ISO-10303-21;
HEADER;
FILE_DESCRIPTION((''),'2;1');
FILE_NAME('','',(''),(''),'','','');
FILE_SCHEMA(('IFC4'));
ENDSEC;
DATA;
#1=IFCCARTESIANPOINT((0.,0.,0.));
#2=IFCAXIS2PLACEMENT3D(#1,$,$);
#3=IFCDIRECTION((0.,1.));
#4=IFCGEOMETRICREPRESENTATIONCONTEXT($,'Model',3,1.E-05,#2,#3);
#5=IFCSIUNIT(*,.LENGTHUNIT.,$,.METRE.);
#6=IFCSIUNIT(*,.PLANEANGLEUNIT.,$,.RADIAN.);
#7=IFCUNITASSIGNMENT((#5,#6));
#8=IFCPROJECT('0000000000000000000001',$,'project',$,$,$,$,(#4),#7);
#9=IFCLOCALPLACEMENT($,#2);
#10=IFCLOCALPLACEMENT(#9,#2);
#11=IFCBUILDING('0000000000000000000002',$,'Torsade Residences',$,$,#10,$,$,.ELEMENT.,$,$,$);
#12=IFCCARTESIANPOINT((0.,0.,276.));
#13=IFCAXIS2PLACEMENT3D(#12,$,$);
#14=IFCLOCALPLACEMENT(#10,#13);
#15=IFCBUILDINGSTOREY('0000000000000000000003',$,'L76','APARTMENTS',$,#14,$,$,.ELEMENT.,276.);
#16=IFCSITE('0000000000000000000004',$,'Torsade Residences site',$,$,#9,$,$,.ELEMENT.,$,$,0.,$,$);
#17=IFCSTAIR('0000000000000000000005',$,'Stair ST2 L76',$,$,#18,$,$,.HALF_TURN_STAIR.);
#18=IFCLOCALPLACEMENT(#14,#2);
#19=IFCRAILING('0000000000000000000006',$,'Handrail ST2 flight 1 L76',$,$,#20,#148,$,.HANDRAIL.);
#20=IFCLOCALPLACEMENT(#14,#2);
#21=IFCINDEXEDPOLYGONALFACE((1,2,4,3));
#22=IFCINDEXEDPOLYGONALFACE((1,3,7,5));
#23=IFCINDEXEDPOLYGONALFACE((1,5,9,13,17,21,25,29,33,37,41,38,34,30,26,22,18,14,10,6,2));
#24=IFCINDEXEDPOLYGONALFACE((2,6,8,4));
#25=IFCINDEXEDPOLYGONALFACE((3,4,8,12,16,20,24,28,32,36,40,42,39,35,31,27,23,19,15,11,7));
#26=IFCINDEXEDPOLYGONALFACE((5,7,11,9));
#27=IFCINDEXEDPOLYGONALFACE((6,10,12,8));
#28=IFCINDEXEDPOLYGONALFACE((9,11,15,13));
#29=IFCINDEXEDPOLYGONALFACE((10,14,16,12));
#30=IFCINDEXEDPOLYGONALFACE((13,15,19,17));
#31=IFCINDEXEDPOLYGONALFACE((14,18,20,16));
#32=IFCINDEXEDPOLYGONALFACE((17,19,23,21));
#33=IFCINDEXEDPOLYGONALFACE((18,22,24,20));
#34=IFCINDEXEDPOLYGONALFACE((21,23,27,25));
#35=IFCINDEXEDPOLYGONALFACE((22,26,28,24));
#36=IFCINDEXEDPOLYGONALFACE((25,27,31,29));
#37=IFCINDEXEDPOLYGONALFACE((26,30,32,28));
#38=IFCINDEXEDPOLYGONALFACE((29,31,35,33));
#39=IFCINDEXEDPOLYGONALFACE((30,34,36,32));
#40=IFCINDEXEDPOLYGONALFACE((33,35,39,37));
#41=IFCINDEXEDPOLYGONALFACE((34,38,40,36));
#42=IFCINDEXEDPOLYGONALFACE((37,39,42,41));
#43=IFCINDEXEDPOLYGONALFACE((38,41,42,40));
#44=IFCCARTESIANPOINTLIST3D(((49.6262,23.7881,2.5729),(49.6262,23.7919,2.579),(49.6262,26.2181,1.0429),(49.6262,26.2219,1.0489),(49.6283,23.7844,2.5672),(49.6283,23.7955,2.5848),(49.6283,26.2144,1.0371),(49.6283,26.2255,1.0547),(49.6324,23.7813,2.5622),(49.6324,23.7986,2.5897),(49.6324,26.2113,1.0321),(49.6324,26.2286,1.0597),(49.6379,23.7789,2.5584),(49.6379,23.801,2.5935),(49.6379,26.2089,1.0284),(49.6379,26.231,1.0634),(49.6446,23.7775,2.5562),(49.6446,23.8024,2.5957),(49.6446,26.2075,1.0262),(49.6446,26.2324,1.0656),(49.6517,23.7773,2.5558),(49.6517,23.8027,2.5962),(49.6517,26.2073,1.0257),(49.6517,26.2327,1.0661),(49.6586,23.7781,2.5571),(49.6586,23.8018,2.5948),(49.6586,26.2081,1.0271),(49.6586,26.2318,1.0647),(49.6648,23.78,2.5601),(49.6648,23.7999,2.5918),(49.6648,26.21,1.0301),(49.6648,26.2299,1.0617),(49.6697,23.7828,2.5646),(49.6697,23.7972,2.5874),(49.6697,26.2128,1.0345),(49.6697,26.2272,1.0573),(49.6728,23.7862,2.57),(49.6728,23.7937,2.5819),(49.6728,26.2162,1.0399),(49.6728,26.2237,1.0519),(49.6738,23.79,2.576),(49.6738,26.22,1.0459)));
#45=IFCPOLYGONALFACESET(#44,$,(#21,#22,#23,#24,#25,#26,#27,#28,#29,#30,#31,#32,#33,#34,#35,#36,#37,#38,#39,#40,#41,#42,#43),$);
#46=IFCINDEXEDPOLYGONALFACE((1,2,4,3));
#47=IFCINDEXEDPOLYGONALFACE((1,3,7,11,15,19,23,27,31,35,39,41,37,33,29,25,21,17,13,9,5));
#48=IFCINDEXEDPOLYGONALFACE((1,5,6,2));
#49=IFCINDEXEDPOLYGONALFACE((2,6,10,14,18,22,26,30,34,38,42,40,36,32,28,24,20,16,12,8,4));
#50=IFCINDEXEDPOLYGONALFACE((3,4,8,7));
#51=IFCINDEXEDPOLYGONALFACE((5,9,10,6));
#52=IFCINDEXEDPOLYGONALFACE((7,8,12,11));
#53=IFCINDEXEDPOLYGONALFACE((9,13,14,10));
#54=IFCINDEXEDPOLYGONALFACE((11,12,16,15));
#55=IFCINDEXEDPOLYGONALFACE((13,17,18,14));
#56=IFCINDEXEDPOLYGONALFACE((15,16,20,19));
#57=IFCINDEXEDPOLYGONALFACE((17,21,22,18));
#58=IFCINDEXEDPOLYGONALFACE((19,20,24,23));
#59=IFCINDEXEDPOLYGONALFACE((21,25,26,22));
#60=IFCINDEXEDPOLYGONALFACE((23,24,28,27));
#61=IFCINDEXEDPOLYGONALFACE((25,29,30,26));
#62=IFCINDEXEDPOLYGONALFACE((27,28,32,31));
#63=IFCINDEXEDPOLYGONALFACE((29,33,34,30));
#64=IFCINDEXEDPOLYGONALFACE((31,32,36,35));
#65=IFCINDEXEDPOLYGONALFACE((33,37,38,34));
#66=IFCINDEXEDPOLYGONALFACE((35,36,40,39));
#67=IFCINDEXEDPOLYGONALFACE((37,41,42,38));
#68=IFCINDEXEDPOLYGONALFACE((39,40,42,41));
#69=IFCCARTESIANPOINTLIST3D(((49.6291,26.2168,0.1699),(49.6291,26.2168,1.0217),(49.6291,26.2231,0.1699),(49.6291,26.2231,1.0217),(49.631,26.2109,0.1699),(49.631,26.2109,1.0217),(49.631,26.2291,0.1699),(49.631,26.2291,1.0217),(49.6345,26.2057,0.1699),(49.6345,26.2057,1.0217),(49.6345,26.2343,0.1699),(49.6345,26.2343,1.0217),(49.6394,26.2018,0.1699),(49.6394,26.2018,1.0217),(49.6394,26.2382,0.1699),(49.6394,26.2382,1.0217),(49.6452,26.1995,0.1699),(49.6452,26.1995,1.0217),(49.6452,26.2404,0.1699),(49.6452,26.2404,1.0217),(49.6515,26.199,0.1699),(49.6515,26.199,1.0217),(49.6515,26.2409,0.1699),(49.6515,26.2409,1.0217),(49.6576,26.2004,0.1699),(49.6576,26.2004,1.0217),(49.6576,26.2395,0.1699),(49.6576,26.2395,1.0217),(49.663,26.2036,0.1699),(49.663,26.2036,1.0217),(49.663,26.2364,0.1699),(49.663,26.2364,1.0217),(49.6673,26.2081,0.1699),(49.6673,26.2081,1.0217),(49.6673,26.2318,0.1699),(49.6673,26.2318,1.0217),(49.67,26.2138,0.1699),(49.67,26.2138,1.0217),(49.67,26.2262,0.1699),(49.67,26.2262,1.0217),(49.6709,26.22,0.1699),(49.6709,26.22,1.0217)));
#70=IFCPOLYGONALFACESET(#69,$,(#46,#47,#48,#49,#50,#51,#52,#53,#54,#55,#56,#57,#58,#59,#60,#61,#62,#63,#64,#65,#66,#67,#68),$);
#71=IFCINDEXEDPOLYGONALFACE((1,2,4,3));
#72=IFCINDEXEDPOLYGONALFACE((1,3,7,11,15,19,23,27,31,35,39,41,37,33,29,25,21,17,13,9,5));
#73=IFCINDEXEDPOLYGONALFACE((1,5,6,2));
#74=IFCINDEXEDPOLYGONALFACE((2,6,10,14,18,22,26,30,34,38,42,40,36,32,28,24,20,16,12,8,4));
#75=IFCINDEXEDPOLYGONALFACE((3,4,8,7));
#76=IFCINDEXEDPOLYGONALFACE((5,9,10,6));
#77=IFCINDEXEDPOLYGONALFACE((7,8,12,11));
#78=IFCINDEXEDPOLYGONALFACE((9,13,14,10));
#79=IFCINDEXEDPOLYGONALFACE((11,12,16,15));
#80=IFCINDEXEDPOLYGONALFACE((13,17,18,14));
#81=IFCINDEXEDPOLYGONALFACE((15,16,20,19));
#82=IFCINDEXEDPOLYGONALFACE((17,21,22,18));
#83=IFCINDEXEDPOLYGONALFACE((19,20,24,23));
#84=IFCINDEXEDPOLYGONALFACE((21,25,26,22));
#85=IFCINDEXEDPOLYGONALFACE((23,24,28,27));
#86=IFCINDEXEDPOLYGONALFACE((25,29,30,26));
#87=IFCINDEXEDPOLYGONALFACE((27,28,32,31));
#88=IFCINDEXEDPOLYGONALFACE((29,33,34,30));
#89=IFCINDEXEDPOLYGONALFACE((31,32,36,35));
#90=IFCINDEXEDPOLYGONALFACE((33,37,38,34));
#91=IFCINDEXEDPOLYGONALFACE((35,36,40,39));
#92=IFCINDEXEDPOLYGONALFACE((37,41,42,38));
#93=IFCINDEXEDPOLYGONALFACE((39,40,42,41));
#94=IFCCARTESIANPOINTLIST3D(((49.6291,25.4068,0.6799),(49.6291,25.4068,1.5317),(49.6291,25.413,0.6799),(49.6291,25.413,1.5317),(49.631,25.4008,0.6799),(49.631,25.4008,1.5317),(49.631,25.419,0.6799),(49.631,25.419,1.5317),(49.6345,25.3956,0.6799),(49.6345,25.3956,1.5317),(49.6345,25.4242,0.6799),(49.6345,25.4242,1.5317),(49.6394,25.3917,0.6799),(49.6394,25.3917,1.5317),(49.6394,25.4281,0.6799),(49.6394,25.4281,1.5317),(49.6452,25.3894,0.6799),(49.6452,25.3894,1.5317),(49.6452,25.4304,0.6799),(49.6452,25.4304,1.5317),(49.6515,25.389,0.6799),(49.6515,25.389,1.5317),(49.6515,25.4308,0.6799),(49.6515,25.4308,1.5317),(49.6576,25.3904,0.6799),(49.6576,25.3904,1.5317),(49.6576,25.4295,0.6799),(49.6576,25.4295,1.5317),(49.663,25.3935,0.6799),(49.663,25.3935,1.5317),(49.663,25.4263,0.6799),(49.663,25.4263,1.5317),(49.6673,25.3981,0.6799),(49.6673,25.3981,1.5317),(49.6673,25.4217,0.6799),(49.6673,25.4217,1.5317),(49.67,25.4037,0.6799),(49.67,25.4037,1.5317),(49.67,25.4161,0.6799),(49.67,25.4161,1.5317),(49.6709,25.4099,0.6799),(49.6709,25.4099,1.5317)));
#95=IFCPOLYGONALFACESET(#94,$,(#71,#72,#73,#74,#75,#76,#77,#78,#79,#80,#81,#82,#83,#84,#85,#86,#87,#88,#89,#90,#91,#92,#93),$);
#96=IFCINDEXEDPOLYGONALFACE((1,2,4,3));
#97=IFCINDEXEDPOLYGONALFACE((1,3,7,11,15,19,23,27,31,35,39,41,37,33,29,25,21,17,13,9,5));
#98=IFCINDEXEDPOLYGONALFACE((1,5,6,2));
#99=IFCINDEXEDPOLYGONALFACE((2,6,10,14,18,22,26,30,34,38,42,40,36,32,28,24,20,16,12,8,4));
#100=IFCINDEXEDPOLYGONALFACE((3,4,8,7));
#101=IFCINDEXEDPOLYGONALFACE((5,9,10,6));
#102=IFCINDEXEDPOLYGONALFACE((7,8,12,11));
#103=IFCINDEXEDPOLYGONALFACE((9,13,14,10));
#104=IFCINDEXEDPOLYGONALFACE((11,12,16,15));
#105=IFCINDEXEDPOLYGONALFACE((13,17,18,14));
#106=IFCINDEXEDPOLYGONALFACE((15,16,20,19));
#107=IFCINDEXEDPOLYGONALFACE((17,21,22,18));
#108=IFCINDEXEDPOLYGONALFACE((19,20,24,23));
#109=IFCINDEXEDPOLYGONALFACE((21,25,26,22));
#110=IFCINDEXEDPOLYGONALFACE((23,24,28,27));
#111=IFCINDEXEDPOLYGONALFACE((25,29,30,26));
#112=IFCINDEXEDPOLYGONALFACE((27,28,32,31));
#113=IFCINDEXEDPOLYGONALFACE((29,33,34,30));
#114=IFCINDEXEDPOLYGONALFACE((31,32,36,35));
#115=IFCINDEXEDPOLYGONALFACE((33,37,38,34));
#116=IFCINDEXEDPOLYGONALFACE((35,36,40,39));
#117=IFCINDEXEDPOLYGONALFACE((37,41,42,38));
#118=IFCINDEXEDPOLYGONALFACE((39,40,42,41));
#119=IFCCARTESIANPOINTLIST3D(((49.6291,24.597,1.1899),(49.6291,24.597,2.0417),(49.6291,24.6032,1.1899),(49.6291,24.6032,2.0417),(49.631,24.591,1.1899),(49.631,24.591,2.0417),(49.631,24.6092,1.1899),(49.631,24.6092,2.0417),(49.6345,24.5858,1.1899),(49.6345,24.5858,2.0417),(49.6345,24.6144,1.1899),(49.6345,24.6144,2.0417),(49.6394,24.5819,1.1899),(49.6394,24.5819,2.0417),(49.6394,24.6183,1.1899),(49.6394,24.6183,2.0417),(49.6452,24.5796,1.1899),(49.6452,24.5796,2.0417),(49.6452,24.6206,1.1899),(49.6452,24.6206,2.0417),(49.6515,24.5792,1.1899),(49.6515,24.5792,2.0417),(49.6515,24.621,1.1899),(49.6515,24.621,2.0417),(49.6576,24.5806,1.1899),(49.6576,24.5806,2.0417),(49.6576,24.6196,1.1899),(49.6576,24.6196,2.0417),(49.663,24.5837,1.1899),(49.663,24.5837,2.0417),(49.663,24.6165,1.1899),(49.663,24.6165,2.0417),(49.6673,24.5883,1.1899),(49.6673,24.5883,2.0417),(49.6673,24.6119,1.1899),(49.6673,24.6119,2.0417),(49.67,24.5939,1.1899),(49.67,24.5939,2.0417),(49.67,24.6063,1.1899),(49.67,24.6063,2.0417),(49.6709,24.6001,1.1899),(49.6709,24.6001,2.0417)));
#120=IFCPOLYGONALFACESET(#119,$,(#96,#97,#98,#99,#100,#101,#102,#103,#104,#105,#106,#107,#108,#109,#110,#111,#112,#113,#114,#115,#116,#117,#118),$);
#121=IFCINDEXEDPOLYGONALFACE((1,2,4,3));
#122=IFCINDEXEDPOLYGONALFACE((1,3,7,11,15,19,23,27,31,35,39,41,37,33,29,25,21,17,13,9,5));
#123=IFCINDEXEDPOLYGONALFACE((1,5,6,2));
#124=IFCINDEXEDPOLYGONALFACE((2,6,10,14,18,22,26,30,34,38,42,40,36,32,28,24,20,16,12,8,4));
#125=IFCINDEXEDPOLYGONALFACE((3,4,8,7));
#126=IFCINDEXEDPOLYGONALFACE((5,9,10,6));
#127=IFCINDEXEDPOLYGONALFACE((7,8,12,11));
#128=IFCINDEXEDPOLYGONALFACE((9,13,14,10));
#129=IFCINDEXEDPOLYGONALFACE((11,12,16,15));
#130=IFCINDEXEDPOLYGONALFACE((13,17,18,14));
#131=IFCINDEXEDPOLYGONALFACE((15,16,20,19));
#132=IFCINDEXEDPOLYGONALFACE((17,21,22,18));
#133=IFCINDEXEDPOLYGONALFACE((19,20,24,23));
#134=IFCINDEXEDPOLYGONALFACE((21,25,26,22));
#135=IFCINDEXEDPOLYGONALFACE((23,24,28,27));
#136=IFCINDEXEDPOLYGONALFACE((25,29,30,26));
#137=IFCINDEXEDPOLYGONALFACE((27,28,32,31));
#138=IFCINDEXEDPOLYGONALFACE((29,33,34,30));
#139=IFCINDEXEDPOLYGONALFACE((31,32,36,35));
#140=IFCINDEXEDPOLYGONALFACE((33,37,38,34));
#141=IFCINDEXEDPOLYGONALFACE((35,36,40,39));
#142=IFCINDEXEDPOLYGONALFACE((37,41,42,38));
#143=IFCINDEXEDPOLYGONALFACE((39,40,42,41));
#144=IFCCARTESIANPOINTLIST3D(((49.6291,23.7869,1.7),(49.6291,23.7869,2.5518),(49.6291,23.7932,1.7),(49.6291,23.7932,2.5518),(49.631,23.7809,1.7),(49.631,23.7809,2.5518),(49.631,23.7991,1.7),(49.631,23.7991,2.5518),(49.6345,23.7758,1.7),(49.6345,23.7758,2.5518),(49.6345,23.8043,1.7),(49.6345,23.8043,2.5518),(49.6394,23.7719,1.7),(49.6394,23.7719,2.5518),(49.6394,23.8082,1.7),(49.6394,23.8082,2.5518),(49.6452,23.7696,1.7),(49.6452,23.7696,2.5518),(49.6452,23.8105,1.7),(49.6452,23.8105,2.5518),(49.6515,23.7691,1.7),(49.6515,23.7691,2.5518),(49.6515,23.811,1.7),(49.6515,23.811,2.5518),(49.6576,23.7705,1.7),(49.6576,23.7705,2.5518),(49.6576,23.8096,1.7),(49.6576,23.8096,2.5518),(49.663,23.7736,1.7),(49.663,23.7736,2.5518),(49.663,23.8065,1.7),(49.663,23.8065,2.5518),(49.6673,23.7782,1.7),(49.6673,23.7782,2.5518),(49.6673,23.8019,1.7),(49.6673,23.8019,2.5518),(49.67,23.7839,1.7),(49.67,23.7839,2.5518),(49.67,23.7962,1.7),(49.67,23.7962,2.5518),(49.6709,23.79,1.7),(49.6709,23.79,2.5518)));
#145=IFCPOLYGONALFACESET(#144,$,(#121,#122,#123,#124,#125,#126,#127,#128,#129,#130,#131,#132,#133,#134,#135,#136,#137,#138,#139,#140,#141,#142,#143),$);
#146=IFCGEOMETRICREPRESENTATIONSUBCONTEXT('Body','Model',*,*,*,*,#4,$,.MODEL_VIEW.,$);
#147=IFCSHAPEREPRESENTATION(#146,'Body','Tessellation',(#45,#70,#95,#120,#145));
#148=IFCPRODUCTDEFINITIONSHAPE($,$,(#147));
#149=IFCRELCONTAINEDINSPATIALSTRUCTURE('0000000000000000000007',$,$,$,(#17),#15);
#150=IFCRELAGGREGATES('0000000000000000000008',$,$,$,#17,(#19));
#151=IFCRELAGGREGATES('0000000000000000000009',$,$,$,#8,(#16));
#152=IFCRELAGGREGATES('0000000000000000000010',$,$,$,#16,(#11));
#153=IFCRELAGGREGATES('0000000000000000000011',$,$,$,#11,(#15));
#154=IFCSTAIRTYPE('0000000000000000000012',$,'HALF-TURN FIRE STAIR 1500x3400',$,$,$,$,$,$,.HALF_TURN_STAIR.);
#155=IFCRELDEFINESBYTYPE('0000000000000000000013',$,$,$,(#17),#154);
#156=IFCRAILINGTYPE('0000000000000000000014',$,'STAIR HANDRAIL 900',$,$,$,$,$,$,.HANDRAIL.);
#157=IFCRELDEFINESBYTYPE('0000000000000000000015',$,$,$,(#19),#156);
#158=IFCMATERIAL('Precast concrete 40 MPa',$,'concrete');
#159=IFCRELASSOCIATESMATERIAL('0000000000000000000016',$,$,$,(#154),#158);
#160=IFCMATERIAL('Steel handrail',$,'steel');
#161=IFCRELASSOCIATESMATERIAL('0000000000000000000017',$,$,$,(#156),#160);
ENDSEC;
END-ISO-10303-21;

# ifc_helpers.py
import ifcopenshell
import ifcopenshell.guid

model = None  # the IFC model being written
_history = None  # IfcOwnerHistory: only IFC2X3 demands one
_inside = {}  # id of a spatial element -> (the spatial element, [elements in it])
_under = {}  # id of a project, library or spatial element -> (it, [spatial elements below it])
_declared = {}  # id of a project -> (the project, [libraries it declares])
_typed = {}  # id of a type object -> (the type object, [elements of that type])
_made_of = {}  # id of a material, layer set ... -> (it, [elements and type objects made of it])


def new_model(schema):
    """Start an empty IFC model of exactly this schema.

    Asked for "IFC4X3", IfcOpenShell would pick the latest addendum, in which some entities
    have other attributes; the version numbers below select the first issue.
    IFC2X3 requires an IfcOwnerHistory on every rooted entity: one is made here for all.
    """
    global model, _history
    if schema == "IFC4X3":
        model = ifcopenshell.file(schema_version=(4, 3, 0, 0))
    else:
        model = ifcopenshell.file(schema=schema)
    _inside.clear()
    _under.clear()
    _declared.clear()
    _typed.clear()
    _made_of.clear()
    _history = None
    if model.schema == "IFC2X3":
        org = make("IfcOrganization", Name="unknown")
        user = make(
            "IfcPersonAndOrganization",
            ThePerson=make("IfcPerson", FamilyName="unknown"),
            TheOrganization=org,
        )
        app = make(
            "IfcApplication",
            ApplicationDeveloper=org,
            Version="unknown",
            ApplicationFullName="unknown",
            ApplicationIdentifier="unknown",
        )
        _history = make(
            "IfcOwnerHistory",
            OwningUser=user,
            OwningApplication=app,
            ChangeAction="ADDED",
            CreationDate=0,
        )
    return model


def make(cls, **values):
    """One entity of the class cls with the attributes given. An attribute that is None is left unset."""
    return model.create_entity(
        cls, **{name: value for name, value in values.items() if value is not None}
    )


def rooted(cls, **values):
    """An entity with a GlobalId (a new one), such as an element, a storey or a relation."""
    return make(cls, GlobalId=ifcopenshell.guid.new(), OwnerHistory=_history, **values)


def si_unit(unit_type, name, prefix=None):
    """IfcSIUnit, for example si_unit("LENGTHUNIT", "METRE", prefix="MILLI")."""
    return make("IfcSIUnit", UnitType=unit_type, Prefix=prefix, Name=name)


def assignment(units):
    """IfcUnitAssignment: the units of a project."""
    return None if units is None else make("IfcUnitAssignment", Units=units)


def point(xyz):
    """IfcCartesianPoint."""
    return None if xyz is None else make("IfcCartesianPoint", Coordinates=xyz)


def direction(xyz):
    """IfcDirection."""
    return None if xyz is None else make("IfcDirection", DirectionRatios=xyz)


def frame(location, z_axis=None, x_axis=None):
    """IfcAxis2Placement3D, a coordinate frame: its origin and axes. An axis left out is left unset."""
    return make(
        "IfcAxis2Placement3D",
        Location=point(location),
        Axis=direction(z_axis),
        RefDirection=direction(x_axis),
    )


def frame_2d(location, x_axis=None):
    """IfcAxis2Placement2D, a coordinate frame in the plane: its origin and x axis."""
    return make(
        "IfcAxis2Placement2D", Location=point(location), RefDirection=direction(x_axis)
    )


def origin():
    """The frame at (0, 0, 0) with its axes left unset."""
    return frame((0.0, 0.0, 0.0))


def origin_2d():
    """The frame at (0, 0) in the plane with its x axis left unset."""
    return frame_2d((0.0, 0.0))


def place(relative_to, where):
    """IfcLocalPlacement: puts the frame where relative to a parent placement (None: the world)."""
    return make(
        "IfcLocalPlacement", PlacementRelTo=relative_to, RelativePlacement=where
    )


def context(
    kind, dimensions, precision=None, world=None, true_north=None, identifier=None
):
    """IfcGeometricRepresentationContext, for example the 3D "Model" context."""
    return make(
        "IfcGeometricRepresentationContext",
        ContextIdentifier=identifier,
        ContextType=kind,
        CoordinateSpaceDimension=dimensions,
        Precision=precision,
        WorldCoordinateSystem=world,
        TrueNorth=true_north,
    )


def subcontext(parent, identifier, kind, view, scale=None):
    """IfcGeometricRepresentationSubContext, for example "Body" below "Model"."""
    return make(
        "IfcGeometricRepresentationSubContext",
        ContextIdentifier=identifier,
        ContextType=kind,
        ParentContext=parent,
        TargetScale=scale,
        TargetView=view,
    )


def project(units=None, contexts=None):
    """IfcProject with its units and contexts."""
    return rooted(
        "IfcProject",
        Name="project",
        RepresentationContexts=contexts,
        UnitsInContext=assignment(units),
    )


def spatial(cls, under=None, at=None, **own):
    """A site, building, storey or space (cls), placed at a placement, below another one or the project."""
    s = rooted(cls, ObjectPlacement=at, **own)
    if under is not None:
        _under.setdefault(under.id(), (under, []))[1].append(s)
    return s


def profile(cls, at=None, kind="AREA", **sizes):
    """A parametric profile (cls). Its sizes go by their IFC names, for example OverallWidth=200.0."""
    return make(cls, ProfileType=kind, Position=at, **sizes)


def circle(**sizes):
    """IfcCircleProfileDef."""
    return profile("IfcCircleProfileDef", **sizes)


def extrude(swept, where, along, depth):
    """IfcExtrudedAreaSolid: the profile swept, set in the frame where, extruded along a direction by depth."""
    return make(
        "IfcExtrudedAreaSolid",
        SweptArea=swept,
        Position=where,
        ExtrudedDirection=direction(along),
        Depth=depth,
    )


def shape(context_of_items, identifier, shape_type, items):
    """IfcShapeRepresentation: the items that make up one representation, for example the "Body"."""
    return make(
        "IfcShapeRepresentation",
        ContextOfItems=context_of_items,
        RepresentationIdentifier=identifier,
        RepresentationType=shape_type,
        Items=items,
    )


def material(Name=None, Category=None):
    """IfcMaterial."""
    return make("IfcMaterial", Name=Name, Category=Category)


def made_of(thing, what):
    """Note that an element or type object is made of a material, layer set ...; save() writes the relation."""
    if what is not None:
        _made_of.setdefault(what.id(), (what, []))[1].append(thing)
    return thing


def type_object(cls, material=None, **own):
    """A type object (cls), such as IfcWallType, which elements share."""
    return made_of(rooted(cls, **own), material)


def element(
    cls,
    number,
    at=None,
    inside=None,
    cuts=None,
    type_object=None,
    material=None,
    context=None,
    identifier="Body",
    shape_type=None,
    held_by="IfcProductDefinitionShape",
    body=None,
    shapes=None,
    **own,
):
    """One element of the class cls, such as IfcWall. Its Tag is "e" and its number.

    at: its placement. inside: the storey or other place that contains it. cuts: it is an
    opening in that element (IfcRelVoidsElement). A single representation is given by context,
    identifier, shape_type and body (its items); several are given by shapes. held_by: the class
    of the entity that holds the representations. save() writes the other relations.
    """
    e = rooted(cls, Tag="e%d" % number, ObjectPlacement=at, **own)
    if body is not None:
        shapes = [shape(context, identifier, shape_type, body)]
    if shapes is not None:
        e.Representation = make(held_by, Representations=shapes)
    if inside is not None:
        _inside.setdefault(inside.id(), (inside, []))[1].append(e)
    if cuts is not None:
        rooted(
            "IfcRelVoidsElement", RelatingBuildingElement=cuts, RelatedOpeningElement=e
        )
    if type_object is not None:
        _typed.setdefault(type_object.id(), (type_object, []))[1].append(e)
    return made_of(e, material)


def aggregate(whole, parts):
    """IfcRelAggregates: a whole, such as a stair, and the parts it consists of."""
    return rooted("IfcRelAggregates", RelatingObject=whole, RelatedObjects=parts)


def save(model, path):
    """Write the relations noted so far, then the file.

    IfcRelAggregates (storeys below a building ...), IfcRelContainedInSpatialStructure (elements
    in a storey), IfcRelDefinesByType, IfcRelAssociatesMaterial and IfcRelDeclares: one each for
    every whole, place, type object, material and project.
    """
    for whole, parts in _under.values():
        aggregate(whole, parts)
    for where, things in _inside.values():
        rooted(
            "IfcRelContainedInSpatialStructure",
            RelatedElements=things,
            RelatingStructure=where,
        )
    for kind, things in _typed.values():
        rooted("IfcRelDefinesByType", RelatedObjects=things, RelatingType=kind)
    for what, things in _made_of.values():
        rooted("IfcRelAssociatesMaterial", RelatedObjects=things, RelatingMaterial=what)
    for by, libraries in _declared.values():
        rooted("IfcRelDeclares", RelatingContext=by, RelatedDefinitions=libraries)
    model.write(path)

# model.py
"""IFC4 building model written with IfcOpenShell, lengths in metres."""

from ifc_helpers import new_model, si_unit, direction, frame, origin, origin_2d, place, context, subcontext, project, spatial, circle, extrude, material, type_object, element, aggregate, save


model = new_model("IFC4")

# Units and contexts
model_context = context("Model", 3, precision=1e-05, world=origin(), true_north=direction((0.0, 1.0)))
body_context = subcontext(model_context, "Body", "Model", "MODEL_VIEW")
ifc_project = project(units=[si_unit("LENGTHUNIT", "METRE"), si_unit("PLANEANGLEUNIT", "RADIAN")], contexts=[model_context])

# Site, building, storey
site_placement = place(None, origin())
site = spatial("IfcSite", under=ifc_project, at=site_placement, Name="Torsade Residences site", CompositionType="ELEMENT", RefElevation=0.0)
building_placement = place(site_placement, origin())
building = spatial("IfcBuilding", under=site, at=building_placement, Name="Torsade Residences", CompositionType="ELEMENT")
storey_placement = place(building_placement, frame((0.0, 0.0, 276.0)))
storey = spatial("IfcBuildingStorey", under=building, at=storey_placement, Name="L76", Description="APARTMENTS", CompositionType="ELEMENT", Elevation=276.0)

# Stair, railing
ifc_material_1 = material(Name="Precast concrete 40 MPa", Category="concrete")
stair_type = type_object("IfcStairType", Name="HALF-TURN FIRE STAIR 1500x3400", PredefinedType="HALF_TURN_STAIR", material=ifc_material_1)
stair_placement = place(storey_placement, origin())
stair = element("IfcStair", 1, at=stair_placement, inside=storey, type_object=stair_type, Name="Stair ST2 L76", PredefinedType="HALF_TURN_STAIR")
ifc_material_2 = material(Name="Steel handrail", Category="steel")
railing_type = type_object("IfcRailingType", Name="STAIR HANDRAIL 900", PredefinedType="HANDRAIL", material=ifc_material_2)
railing_1_placement = place(storey_placement, frame((49.6499, 26.22, 0.1699)))
railing_1 = element("IfcRailing", 2, at=railing_1_placement, type_object=railing_type, Name="Handrail ST2 flight 1 L76", PredefinedType="HANDRAIL", context=body_context, shape_type="SweptSolid", body=[
    extrude(circle(Radius=0.0239, at=origin_2d()), frame((0.0, 0.0, 0.876), z_axis=(0.0, -0.846221, 0.532831), x_axis=(1.0, 0.0, 0.0)), (0.0, 0.0, 1.0), 2.8716),
    extrude(circle(Radius=0.021, at=origin_2d()), origin(), (0.0, 0.0, 1.0), 0.8518),
    extrude(circle(Radius=0.021, at=origin_2d()), frame((0.0, -0.8101, 0.51)), (0.0, 0.0, 1.0), 0.8518),
    extrude(circle(Radius=0.021, at=origin_2d()), frame((0.0, -1.6199, 1.02)), (0.0, 0.0, 1.0), 0.8518),
    extrude(circle(Radius=0.021, at=origin_2d()), frame((0.0, -2.4299, 1.53)), (0.0, 0.0, 1.0), 0.8518),
])
aggregate(stair, [railing_1])

save(model, "model.ifc")
